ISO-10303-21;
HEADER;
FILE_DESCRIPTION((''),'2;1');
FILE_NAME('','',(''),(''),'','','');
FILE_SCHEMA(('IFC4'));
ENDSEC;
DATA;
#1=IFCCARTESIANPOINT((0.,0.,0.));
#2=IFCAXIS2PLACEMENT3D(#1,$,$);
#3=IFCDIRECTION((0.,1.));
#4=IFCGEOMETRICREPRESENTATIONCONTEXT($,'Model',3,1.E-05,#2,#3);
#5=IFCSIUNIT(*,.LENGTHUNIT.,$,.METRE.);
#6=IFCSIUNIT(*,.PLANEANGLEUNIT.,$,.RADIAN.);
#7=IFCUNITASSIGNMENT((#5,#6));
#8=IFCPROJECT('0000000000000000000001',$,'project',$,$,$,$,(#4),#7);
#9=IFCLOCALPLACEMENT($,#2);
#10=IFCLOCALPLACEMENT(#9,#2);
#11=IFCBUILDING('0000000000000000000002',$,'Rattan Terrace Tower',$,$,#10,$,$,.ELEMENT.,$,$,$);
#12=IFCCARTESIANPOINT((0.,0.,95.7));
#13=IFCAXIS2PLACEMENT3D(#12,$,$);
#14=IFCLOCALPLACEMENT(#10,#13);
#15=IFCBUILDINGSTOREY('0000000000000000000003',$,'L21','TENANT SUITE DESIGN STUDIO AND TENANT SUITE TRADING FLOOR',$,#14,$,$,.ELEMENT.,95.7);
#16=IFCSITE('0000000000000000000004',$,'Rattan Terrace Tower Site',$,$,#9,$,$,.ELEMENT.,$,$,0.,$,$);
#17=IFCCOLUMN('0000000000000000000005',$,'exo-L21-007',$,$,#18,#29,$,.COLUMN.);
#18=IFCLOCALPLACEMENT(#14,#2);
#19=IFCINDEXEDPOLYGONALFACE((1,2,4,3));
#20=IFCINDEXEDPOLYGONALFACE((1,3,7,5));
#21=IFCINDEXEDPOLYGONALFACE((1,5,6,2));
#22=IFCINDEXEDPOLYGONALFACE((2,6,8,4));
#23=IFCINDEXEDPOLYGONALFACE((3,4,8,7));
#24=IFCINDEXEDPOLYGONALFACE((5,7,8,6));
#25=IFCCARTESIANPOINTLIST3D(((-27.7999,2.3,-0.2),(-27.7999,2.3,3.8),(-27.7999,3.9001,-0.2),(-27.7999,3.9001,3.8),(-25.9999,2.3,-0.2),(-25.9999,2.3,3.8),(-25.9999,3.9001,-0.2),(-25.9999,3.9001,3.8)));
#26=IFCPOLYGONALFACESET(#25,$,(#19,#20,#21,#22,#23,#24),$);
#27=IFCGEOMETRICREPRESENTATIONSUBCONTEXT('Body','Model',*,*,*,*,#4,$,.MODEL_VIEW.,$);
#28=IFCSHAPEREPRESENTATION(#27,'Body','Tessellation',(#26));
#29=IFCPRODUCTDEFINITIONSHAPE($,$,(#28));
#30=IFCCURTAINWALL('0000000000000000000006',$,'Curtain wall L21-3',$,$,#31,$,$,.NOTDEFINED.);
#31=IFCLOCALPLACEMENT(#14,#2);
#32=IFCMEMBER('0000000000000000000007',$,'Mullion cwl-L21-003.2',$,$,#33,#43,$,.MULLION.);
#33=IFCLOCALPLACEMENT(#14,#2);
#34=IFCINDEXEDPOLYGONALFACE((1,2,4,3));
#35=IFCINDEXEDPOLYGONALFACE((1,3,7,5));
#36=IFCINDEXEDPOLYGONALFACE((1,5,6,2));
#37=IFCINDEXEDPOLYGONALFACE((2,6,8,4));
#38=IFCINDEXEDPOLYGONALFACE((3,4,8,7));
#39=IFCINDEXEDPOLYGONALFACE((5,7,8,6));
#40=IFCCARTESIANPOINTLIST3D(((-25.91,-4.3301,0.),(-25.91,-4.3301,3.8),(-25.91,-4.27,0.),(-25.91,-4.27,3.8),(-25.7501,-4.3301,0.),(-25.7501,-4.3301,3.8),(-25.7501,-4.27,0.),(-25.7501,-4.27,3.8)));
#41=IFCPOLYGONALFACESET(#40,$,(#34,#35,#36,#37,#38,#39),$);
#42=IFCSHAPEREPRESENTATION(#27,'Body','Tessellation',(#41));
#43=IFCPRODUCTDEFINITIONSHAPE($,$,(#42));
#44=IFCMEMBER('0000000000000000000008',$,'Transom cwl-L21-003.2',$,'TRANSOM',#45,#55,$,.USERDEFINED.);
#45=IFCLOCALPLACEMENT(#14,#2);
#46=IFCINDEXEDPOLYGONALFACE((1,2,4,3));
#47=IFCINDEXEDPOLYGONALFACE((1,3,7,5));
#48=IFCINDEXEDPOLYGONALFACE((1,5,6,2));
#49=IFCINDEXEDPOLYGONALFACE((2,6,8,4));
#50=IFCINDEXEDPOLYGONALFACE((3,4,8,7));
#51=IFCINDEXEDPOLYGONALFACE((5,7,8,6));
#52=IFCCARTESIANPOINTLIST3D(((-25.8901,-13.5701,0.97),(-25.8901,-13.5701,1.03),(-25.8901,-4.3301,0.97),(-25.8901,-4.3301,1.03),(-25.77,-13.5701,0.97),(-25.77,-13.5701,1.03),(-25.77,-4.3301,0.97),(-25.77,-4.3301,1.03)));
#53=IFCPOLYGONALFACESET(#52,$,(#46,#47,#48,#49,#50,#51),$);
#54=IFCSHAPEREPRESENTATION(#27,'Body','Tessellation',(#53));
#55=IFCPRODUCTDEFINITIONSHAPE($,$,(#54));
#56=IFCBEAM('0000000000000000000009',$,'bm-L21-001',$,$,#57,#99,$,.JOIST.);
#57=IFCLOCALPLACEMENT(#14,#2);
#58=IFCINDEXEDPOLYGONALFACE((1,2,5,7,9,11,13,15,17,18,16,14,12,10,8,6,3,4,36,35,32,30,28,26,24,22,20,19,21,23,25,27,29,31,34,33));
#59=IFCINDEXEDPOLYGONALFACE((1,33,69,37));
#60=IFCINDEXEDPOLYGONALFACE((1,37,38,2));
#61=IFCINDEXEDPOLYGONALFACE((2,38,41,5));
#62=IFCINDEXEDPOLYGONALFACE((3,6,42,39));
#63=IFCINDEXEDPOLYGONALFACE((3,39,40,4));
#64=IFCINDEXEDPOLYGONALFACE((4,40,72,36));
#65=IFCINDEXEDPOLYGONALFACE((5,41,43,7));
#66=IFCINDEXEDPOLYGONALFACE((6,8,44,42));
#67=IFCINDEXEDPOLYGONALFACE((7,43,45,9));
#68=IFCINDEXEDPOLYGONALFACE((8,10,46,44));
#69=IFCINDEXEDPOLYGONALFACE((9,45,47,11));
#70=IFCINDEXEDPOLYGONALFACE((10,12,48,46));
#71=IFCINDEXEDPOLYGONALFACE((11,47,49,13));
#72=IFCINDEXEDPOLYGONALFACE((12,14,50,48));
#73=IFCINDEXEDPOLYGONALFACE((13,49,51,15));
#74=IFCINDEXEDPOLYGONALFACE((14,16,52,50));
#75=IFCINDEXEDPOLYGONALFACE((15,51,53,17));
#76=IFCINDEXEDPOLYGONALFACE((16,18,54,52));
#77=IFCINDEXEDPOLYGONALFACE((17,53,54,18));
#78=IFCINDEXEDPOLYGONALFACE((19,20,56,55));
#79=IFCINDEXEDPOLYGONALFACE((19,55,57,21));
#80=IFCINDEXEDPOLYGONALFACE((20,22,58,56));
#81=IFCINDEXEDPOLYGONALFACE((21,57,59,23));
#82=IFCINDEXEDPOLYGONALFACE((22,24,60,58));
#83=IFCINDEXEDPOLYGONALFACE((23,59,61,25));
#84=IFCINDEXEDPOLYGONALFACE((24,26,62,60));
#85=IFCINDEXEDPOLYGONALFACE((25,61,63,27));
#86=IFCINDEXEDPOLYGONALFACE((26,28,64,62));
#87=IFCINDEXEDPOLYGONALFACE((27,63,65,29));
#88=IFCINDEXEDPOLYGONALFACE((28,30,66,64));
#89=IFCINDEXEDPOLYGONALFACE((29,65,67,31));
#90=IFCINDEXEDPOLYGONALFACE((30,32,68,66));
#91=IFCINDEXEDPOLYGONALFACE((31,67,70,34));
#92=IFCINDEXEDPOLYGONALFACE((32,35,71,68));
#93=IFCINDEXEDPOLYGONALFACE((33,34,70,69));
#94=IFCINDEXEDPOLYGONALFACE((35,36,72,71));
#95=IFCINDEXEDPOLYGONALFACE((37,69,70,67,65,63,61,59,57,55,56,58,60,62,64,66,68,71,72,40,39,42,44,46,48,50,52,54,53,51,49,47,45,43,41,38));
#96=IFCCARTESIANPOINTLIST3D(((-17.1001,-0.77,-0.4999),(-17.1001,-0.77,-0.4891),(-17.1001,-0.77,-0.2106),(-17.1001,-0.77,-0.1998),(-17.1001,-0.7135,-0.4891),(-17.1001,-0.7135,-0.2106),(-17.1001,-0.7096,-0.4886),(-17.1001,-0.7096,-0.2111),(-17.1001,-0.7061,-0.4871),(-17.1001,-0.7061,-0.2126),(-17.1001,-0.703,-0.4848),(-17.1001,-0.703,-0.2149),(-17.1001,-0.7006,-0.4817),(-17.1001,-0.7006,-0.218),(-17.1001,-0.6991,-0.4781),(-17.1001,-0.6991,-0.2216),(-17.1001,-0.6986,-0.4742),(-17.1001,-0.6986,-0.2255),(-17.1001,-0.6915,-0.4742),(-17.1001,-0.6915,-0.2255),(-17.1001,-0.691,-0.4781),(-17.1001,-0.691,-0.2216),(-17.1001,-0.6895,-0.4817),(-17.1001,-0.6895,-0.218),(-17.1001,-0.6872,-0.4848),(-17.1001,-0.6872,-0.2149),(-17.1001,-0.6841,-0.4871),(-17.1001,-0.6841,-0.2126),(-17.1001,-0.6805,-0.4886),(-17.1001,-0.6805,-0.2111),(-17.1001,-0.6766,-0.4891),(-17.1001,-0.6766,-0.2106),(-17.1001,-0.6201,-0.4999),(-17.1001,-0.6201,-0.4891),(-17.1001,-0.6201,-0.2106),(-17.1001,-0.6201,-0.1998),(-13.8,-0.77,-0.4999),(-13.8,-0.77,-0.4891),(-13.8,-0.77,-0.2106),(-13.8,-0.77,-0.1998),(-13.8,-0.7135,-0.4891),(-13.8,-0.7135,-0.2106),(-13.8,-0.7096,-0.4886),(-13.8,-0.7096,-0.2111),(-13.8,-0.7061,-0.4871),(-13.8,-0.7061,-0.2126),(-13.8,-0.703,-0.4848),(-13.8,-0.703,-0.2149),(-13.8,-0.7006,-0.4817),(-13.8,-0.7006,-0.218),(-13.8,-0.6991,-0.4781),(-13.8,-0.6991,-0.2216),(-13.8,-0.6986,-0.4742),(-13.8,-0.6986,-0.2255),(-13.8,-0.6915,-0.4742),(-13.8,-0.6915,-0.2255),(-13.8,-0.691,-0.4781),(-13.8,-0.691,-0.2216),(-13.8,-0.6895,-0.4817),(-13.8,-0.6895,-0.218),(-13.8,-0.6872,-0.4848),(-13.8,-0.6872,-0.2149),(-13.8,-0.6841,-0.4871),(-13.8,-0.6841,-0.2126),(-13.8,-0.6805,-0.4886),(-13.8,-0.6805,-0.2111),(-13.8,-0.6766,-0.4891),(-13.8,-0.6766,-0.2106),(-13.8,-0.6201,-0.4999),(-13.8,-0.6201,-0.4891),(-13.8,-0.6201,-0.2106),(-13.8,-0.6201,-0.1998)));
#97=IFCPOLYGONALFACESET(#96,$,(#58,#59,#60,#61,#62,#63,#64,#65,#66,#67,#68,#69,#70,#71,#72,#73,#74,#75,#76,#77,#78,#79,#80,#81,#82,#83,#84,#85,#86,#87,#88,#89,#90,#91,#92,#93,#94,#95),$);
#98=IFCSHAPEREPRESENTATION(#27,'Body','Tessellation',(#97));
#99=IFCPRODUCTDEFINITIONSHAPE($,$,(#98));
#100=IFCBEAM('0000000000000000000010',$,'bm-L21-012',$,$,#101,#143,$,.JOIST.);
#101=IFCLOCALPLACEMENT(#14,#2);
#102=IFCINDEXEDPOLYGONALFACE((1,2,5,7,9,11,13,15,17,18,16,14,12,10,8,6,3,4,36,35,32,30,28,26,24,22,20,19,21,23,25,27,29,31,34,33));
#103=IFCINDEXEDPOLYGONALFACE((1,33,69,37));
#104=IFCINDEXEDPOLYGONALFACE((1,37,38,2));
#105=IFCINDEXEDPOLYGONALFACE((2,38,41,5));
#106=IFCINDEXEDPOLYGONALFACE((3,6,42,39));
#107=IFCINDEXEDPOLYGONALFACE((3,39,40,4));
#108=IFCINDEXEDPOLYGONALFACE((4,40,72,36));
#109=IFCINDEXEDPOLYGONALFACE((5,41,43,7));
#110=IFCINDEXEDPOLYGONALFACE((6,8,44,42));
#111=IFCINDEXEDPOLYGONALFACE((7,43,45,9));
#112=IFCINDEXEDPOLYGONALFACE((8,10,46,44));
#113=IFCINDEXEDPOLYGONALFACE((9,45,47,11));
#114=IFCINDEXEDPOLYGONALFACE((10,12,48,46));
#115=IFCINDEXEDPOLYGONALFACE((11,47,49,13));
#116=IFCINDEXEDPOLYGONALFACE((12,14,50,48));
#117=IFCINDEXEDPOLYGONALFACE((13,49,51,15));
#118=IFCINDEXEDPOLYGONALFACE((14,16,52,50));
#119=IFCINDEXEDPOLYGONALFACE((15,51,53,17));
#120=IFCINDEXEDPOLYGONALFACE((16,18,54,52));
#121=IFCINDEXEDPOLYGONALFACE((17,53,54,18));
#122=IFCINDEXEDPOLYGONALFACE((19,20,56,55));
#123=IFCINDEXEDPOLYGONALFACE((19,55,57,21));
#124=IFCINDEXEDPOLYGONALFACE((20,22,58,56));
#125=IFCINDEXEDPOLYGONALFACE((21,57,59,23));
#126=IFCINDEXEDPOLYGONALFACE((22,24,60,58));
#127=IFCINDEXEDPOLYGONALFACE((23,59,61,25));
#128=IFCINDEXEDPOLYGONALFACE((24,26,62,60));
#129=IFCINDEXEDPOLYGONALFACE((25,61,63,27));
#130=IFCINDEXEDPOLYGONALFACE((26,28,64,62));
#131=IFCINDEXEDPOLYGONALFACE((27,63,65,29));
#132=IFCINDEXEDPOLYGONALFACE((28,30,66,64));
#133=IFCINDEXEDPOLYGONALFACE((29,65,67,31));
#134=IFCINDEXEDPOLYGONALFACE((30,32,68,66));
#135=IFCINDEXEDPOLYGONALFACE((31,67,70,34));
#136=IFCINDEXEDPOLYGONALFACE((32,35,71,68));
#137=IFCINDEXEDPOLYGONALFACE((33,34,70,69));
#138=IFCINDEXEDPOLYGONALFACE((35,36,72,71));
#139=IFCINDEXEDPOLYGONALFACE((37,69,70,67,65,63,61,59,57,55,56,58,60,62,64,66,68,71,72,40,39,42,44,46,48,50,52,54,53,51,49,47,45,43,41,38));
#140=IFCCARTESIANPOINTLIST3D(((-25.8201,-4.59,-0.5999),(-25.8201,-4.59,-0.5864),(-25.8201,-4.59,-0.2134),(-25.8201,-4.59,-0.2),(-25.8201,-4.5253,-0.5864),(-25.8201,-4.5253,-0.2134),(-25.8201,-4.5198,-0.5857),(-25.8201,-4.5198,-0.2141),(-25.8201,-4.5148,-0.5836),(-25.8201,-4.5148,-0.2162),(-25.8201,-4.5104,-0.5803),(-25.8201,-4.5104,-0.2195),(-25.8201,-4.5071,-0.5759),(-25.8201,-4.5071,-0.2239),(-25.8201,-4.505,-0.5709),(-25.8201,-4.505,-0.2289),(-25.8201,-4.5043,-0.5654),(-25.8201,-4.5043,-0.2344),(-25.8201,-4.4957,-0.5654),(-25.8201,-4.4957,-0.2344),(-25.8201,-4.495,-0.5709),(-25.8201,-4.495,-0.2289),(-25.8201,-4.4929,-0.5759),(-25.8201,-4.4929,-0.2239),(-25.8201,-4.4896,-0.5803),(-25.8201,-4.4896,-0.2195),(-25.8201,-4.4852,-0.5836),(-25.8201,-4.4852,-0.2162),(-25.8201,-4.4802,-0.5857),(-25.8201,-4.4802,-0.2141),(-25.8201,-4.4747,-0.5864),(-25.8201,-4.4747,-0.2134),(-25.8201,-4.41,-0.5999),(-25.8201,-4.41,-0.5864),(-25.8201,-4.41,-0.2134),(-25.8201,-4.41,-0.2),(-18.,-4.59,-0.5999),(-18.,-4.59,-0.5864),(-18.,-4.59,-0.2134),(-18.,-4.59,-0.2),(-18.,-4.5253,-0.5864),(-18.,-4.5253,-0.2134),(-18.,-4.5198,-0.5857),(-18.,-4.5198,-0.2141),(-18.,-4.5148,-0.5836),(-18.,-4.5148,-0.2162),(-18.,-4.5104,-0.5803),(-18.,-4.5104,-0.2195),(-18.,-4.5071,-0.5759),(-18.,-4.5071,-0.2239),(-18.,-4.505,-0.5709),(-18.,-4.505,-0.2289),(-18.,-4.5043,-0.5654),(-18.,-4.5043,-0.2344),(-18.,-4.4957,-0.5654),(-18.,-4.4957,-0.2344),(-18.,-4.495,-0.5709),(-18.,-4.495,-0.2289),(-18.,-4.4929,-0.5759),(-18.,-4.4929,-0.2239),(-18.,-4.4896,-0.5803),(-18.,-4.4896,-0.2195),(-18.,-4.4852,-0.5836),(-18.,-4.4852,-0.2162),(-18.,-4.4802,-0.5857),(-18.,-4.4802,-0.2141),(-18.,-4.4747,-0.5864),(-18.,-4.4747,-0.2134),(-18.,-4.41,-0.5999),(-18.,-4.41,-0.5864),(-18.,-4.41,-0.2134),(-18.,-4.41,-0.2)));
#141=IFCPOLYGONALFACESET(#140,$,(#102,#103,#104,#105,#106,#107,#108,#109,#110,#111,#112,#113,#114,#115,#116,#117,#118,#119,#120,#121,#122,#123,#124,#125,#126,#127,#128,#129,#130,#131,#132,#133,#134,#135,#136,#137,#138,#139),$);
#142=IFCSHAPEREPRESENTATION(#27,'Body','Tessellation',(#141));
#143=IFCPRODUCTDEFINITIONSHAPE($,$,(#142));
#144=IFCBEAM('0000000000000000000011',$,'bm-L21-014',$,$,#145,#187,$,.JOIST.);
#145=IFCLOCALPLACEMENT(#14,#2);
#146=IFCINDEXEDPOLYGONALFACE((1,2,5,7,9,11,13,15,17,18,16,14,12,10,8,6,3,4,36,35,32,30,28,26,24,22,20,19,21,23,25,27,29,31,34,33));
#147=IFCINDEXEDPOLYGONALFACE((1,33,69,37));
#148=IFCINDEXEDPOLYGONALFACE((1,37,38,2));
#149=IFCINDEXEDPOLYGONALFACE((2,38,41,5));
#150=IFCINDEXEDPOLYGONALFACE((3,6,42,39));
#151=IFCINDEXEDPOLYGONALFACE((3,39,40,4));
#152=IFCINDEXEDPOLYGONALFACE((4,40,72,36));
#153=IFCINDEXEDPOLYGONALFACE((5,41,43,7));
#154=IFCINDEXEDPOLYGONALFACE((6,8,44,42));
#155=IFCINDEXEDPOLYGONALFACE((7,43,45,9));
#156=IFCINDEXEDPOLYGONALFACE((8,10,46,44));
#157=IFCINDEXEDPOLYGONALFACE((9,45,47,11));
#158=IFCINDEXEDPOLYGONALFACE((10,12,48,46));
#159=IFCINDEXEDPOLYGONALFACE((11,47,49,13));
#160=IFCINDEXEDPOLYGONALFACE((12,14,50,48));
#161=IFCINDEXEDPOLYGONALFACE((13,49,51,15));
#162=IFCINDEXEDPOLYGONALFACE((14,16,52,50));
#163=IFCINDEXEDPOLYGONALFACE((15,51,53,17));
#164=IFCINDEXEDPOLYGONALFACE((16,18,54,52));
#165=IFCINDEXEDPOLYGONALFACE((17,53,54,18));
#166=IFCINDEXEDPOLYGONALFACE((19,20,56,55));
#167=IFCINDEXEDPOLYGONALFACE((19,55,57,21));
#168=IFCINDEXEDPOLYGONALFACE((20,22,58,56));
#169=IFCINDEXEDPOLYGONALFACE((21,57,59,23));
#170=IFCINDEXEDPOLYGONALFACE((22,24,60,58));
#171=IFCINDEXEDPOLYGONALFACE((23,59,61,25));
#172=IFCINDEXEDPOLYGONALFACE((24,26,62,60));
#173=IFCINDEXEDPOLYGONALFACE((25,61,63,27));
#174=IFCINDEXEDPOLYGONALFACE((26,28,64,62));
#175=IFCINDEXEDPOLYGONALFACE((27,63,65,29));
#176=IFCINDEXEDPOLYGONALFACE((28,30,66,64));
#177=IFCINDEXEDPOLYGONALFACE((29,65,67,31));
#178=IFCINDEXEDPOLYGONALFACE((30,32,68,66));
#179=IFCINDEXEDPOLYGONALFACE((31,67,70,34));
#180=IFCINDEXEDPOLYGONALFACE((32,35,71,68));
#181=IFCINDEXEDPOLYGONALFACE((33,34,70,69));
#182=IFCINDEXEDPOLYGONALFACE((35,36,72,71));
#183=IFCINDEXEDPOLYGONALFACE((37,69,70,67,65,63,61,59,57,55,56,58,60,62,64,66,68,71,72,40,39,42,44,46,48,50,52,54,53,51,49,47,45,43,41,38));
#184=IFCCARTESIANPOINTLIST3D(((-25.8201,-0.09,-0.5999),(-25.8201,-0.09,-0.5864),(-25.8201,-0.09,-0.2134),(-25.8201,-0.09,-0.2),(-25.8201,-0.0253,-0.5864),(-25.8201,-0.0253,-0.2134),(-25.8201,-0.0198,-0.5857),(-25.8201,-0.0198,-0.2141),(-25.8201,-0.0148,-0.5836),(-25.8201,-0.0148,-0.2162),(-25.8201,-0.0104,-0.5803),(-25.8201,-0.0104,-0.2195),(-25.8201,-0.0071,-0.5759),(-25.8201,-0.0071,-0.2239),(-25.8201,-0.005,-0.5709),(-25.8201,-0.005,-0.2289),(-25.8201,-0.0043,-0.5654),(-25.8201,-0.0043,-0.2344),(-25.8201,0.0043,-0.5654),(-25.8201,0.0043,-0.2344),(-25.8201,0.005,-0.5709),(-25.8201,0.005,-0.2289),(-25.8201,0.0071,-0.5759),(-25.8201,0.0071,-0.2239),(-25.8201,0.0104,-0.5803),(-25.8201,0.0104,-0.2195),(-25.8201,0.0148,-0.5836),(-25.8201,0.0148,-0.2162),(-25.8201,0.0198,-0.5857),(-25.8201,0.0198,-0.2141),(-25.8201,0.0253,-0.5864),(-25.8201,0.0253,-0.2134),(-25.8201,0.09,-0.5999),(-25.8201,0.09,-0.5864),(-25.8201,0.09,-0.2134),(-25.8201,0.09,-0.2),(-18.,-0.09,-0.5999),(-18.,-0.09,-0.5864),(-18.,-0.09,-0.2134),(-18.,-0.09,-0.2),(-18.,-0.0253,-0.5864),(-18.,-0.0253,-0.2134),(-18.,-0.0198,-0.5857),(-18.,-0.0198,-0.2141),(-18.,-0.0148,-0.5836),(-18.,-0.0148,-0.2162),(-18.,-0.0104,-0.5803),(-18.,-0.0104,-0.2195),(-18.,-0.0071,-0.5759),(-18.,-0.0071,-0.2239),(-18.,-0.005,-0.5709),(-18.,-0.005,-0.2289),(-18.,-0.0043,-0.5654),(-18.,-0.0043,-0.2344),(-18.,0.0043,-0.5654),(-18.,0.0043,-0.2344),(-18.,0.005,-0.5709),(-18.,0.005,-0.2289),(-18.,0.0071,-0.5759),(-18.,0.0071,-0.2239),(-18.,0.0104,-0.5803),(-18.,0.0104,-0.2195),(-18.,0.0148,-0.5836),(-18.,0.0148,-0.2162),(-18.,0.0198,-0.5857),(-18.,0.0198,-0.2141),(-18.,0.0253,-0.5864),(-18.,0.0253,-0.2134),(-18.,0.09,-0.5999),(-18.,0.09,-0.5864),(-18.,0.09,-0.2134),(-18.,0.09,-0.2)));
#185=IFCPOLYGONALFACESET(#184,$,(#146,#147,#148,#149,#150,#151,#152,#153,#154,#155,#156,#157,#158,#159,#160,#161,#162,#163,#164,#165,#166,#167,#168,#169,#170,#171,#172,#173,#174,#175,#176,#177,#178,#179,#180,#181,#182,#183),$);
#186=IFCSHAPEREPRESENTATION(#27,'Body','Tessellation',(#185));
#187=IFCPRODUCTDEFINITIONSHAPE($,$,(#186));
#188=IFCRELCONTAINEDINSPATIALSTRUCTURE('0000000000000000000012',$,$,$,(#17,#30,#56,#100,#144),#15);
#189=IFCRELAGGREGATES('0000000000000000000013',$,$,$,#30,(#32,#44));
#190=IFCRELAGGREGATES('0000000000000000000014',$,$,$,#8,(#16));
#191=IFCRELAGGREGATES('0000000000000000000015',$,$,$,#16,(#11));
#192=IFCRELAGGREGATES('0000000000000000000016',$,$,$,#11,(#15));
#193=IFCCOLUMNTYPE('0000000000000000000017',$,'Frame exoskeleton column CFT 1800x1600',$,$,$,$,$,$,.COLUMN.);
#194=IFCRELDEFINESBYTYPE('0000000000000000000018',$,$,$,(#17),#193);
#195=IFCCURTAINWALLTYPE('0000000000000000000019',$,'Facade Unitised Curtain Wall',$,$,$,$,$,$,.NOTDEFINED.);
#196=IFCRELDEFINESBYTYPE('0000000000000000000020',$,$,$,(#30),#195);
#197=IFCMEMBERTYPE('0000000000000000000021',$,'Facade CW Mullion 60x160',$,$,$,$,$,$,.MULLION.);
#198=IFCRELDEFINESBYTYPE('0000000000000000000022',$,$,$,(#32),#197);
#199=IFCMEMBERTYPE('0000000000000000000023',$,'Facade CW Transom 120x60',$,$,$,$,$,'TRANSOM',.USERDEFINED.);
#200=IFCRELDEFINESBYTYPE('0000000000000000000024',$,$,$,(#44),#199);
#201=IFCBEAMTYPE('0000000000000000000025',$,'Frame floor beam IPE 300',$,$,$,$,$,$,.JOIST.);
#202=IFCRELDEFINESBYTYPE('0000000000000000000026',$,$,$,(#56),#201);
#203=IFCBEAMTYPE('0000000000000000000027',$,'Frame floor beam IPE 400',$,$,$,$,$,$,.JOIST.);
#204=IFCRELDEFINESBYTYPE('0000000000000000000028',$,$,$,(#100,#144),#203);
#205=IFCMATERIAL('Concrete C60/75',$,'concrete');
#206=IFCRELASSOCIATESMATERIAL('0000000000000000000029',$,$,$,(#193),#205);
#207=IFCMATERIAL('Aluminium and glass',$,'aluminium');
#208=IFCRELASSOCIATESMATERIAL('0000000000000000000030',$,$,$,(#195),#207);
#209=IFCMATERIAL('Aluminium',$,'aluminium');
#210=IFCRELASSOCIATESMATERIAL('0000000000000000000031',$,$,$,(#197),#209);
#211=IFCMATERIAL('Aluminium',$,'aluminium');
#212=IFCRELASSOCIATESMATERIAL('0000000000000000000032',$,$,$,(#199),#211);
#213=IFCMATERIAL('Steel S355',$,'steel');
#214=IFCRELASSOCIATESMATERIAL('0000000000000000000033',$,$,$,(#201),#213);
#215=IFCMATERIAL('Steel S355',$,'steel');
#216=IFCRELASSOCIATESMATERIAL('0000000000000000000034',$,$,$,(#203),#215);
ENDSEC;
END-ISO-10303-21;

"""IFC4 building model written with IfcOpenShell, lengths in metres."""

from ifc_helpers import new_model, si_unit, direction, frame, origin, origin_2d, place, context, subcontext, project, spatial, rectangle, i_section, extrude, material, material_profile, profile_set, type_object, element, aggregate, save


model = new_model("IFC4")

# Units and contexts
model_context = context("Model", 3, precision=1e-05, world=origin(), true_north=direction((0.0, 1.0)))
body_context = subcontext(model_context, "Body", "Model", "MODEL_VIEW")
ifc_project = project(units=[si_unit("LENGTHUNIT", "METRE"), si_unit("PLANEANGLEUNIT", "RADIAN")], contexts=[model_context])

# Site, building, storey
site_placement = place(None, origin())
site = spatial("IfcSite", under=ifc_project, at=site_placement, Name="Rattan Terrace Tower Site", CompositionType="ELEMENT", RefElevation=0.0)
building_placement = place(site_placement, origin())
building = spatial("IfcBuilding", under=site, at=building_placement, Name="Rattan Terrace Tower", CompositionType="ELEMENT")
storey_placement = place(building_placement, frame((0.0, 0.0, 95.7)))
storey = spatial("IfcBuildingStorey", under=building, at=storey_placement, Name="L21", Description="TENANT SUITE DESIGN STUDIO AND TENANT SUITE TRADING FLOOR", CompositionType="ELEMENT", Elevation=95.7)

# Column
ifc_material_1 = material(Name="Concrete C60/75", Category="concrete")
ifc_material_profile_1 = material_profile(ifc_material_1, rectangle(XDim=1.6001, YDim=1.8, at=origin_2d()), Name="CFT 1800x1600")
ifc_profile_set_1 = profile_set([ifc_material_profile_1], Name="Concrete C60/75")
column_type = type_object("IfcColumnType", Name="Frame exoskeleton column CFT 1800x1600", PredefinedType="COLUMN", material=ifc_profile_set_1)
column_placement = place(storey_placement, frame((-26.8999, 3.1001, -0.2), z_axis=(0.0, 0.0, 1.0), x_axis=(0.0, 1.0, 0.0)))
element("IfcColumn", 1, at=column_placement, inside=storey, type_object=column_type, Name="exo-L21-007", PredefinedType="COLUMN", context=body_context, shape_type="SweptSolid", body=[
    extrude(rectangle(XDim=1.6001, YDim=1.8, at=origin_2d()), origin(), (0.0, 0.0, 1.0), 4.0),
])

# Curtain wall, members
ifc_material_2 = material(Name="Aluminium and glass", Category="aluminium")
curtain_wall_type = type_object("IfcCurtainWallType", Name="Facade Unitised Curtain Wall", PredefinedType="NOTDEFINED", material=ifc_material_2)
curtain_wall_placement = place(storey_placement, origin())
curtain_wall = element("IfcCurtainWall", 2, at=curtain_wall_placement, inside=storey, type_object=curtain_wall_type, Name="Curtain wall L21-3", PredefinedType="NOTDEFINED")
ifc_material_3 = material(Name="Aluminium", Category="aluminium")
ifc_material_profile_2 = material_profile(ifc_material_3, rectangle(XDim=0.0601, YDim=0.1599, at=origin_2d()), Name="Aluminium 60x160")
ifc_profile_set_2 = profile_set([ifc_material_profile_2], Name="Aluminium")
member_type_1 = type_object("IfcMemberType", Name="Facade CW Mullion 60x160", PredefinedType="MULLION", material=ifc_profile_set_2)
member_1_placement = place(storey_placement, frame((-25.8301, -4.3, 0.0), z_axis=(0.0, 0.0, 1.0), x_axis=(0.0, -1.0, 0.0)))
member_1 = element("IfcMember", 3, at=member_1_placement, type_object=member_type_1, Name="Mullion cwl-L21-003.2", PredefinedType="MULLION", context=body_context, shape_type="SweptSolid", body=[
    extrude(rectangle(XDim=0.0601, YDim=0.1599, at=origin_2d()), origin(), (0.0, 0.0, 1.0), 3.8),
])
ifc_material_4 = material(Name="Aluminium", Category="aluminium")
ifc_material_profile_3 = material_profile(ifc_material_4, rectangle(XDim=0.1201, YDim=0.0601, at=origin_2d()), Name="Aluminium 120x60")
ifc_profile_set_3 = profile_set([ifc_material_profile_3], Name="Aluminium")
member_type_2 = type_object("IfcMemberType", Name="Facade CW Transom 120x60", ElementType="TRANSOM", PredefinedType="USERDEFINED", material=ifc_profile_set_3)
member_2_placement = place(storey_placement, frame((-25.8301, -4.3301, 1.0), z_axis=(0.0, -1.0, 0.0), x_axis=(1.0, 0.0, 0.0)))
member_2 = element("IfcMember", 4, at=member_2_placement, type_object=member_type_2, Name="Transom cwl-L21-003.2", ObjectType="TRANSOM", PredefinedType="USERDEFINED", context=body_context, shape_type="SweptSolid", body=[
    extrude(rectangle(XDim=0.1201, YDim=0.0601, at=origin_2d()), origin(), (0.0, 0.0, 1.0), 9.24),
])

# Beams
ifc_material_5 = material(Name="Steel S355", Category="steel")
ifc_material_profile_4 = material_profile(ifc_material_5, i_section(OverallWidth=0.1499, OverallDepth=0.3, WebThickness=0.0071, FlangeThickness=0.0107, FilletRadius=0.0149, at=origin_2d()), Name="IPE 300")
ifc_profile_set_4 = profile_set([ifc_material_profile_4], Name="Steel S355")
beam_type_1 = type_object("IfcBeamType", Name="Frame floor beam IPE 300", PredefinedType="JOIST", material=ifc_profile_set_4)
beam_placement = place(storey_placement, frame((-17.1001, -0.6951, -0.3499), z_axis=(1.0, 0.0, 0.0), x_axis=(0.0, 1.0, 0.0)))
element("IfcBeam", 5, at=beam_placement, inside=storey, type_object=beam_type_1, Name="bm-L21-001", PredefinedType="JOIST", context=body_context, shape_type="SweptSolid", body=[
    extrude(i_section(OverallWidth=0.1499, OverallDepth=0.3, WebThickness=0.0071, FlangeThickness=0.0107, FilletRadius=0.0149, at=origin_2d()), origin(), (0.0, 0.0, 1.0), 3.3),
])
ifc_material_6 = material(Name="Steel S355", Category="steel")
ifc_material_profile_5 = material_profile(ifc_material_6, i_section(OverallWidth=0.1799, OverallDepth=0.3999, WebThickness=0.0085, FlangeThickness=0.0134, FilletRadius=0.021, at=origin_2d()), Name="IPE 400")
ifc_profile_set_5 = profile_set([ifc_material_profile_5], Name="Steel S355")
beam_type_2 = type_object("IfcBeamType", Name="Frame floor beam IPE 400", PredefinedType="JOIST", material=ifc_profile_set_5)
for number, where, z_axis, x_axis, name in (
    (6, (-25.8201, -4.5, -0.3999), (1.0, 0.0, 0.0), (0.0, 1.0, 0.0), "bm-L21-012"),
    (7, (-25.8201, 0.0, -0.3999), (1.0, 0.0, 0.0), (0.0, 1.0, 0.0), "bm-L21-014"),
):
    element("IfcBeam", number, at=place(storey_placement, frame(where, z_axis=z_axis, x_axis=x_axis)), inside=storey, type_object=beam_type_2, Name=name, PredefinedType="JOIST", context=body_context, shape_type="SweptSolid", body=[
        extrude(i_section(OverallWidth=0.1799, OverallDepth=0.3999, WebThickness=0.0085, FlangeThickness=0.0134, FilletRadius=0.021, at=origin_2d()), origin(), (0.0, 0.0, 1.0), 7.8201),
    ])

aggregate(curtain_wall, [member_1, member_2])

save(model, "model.ifc")
